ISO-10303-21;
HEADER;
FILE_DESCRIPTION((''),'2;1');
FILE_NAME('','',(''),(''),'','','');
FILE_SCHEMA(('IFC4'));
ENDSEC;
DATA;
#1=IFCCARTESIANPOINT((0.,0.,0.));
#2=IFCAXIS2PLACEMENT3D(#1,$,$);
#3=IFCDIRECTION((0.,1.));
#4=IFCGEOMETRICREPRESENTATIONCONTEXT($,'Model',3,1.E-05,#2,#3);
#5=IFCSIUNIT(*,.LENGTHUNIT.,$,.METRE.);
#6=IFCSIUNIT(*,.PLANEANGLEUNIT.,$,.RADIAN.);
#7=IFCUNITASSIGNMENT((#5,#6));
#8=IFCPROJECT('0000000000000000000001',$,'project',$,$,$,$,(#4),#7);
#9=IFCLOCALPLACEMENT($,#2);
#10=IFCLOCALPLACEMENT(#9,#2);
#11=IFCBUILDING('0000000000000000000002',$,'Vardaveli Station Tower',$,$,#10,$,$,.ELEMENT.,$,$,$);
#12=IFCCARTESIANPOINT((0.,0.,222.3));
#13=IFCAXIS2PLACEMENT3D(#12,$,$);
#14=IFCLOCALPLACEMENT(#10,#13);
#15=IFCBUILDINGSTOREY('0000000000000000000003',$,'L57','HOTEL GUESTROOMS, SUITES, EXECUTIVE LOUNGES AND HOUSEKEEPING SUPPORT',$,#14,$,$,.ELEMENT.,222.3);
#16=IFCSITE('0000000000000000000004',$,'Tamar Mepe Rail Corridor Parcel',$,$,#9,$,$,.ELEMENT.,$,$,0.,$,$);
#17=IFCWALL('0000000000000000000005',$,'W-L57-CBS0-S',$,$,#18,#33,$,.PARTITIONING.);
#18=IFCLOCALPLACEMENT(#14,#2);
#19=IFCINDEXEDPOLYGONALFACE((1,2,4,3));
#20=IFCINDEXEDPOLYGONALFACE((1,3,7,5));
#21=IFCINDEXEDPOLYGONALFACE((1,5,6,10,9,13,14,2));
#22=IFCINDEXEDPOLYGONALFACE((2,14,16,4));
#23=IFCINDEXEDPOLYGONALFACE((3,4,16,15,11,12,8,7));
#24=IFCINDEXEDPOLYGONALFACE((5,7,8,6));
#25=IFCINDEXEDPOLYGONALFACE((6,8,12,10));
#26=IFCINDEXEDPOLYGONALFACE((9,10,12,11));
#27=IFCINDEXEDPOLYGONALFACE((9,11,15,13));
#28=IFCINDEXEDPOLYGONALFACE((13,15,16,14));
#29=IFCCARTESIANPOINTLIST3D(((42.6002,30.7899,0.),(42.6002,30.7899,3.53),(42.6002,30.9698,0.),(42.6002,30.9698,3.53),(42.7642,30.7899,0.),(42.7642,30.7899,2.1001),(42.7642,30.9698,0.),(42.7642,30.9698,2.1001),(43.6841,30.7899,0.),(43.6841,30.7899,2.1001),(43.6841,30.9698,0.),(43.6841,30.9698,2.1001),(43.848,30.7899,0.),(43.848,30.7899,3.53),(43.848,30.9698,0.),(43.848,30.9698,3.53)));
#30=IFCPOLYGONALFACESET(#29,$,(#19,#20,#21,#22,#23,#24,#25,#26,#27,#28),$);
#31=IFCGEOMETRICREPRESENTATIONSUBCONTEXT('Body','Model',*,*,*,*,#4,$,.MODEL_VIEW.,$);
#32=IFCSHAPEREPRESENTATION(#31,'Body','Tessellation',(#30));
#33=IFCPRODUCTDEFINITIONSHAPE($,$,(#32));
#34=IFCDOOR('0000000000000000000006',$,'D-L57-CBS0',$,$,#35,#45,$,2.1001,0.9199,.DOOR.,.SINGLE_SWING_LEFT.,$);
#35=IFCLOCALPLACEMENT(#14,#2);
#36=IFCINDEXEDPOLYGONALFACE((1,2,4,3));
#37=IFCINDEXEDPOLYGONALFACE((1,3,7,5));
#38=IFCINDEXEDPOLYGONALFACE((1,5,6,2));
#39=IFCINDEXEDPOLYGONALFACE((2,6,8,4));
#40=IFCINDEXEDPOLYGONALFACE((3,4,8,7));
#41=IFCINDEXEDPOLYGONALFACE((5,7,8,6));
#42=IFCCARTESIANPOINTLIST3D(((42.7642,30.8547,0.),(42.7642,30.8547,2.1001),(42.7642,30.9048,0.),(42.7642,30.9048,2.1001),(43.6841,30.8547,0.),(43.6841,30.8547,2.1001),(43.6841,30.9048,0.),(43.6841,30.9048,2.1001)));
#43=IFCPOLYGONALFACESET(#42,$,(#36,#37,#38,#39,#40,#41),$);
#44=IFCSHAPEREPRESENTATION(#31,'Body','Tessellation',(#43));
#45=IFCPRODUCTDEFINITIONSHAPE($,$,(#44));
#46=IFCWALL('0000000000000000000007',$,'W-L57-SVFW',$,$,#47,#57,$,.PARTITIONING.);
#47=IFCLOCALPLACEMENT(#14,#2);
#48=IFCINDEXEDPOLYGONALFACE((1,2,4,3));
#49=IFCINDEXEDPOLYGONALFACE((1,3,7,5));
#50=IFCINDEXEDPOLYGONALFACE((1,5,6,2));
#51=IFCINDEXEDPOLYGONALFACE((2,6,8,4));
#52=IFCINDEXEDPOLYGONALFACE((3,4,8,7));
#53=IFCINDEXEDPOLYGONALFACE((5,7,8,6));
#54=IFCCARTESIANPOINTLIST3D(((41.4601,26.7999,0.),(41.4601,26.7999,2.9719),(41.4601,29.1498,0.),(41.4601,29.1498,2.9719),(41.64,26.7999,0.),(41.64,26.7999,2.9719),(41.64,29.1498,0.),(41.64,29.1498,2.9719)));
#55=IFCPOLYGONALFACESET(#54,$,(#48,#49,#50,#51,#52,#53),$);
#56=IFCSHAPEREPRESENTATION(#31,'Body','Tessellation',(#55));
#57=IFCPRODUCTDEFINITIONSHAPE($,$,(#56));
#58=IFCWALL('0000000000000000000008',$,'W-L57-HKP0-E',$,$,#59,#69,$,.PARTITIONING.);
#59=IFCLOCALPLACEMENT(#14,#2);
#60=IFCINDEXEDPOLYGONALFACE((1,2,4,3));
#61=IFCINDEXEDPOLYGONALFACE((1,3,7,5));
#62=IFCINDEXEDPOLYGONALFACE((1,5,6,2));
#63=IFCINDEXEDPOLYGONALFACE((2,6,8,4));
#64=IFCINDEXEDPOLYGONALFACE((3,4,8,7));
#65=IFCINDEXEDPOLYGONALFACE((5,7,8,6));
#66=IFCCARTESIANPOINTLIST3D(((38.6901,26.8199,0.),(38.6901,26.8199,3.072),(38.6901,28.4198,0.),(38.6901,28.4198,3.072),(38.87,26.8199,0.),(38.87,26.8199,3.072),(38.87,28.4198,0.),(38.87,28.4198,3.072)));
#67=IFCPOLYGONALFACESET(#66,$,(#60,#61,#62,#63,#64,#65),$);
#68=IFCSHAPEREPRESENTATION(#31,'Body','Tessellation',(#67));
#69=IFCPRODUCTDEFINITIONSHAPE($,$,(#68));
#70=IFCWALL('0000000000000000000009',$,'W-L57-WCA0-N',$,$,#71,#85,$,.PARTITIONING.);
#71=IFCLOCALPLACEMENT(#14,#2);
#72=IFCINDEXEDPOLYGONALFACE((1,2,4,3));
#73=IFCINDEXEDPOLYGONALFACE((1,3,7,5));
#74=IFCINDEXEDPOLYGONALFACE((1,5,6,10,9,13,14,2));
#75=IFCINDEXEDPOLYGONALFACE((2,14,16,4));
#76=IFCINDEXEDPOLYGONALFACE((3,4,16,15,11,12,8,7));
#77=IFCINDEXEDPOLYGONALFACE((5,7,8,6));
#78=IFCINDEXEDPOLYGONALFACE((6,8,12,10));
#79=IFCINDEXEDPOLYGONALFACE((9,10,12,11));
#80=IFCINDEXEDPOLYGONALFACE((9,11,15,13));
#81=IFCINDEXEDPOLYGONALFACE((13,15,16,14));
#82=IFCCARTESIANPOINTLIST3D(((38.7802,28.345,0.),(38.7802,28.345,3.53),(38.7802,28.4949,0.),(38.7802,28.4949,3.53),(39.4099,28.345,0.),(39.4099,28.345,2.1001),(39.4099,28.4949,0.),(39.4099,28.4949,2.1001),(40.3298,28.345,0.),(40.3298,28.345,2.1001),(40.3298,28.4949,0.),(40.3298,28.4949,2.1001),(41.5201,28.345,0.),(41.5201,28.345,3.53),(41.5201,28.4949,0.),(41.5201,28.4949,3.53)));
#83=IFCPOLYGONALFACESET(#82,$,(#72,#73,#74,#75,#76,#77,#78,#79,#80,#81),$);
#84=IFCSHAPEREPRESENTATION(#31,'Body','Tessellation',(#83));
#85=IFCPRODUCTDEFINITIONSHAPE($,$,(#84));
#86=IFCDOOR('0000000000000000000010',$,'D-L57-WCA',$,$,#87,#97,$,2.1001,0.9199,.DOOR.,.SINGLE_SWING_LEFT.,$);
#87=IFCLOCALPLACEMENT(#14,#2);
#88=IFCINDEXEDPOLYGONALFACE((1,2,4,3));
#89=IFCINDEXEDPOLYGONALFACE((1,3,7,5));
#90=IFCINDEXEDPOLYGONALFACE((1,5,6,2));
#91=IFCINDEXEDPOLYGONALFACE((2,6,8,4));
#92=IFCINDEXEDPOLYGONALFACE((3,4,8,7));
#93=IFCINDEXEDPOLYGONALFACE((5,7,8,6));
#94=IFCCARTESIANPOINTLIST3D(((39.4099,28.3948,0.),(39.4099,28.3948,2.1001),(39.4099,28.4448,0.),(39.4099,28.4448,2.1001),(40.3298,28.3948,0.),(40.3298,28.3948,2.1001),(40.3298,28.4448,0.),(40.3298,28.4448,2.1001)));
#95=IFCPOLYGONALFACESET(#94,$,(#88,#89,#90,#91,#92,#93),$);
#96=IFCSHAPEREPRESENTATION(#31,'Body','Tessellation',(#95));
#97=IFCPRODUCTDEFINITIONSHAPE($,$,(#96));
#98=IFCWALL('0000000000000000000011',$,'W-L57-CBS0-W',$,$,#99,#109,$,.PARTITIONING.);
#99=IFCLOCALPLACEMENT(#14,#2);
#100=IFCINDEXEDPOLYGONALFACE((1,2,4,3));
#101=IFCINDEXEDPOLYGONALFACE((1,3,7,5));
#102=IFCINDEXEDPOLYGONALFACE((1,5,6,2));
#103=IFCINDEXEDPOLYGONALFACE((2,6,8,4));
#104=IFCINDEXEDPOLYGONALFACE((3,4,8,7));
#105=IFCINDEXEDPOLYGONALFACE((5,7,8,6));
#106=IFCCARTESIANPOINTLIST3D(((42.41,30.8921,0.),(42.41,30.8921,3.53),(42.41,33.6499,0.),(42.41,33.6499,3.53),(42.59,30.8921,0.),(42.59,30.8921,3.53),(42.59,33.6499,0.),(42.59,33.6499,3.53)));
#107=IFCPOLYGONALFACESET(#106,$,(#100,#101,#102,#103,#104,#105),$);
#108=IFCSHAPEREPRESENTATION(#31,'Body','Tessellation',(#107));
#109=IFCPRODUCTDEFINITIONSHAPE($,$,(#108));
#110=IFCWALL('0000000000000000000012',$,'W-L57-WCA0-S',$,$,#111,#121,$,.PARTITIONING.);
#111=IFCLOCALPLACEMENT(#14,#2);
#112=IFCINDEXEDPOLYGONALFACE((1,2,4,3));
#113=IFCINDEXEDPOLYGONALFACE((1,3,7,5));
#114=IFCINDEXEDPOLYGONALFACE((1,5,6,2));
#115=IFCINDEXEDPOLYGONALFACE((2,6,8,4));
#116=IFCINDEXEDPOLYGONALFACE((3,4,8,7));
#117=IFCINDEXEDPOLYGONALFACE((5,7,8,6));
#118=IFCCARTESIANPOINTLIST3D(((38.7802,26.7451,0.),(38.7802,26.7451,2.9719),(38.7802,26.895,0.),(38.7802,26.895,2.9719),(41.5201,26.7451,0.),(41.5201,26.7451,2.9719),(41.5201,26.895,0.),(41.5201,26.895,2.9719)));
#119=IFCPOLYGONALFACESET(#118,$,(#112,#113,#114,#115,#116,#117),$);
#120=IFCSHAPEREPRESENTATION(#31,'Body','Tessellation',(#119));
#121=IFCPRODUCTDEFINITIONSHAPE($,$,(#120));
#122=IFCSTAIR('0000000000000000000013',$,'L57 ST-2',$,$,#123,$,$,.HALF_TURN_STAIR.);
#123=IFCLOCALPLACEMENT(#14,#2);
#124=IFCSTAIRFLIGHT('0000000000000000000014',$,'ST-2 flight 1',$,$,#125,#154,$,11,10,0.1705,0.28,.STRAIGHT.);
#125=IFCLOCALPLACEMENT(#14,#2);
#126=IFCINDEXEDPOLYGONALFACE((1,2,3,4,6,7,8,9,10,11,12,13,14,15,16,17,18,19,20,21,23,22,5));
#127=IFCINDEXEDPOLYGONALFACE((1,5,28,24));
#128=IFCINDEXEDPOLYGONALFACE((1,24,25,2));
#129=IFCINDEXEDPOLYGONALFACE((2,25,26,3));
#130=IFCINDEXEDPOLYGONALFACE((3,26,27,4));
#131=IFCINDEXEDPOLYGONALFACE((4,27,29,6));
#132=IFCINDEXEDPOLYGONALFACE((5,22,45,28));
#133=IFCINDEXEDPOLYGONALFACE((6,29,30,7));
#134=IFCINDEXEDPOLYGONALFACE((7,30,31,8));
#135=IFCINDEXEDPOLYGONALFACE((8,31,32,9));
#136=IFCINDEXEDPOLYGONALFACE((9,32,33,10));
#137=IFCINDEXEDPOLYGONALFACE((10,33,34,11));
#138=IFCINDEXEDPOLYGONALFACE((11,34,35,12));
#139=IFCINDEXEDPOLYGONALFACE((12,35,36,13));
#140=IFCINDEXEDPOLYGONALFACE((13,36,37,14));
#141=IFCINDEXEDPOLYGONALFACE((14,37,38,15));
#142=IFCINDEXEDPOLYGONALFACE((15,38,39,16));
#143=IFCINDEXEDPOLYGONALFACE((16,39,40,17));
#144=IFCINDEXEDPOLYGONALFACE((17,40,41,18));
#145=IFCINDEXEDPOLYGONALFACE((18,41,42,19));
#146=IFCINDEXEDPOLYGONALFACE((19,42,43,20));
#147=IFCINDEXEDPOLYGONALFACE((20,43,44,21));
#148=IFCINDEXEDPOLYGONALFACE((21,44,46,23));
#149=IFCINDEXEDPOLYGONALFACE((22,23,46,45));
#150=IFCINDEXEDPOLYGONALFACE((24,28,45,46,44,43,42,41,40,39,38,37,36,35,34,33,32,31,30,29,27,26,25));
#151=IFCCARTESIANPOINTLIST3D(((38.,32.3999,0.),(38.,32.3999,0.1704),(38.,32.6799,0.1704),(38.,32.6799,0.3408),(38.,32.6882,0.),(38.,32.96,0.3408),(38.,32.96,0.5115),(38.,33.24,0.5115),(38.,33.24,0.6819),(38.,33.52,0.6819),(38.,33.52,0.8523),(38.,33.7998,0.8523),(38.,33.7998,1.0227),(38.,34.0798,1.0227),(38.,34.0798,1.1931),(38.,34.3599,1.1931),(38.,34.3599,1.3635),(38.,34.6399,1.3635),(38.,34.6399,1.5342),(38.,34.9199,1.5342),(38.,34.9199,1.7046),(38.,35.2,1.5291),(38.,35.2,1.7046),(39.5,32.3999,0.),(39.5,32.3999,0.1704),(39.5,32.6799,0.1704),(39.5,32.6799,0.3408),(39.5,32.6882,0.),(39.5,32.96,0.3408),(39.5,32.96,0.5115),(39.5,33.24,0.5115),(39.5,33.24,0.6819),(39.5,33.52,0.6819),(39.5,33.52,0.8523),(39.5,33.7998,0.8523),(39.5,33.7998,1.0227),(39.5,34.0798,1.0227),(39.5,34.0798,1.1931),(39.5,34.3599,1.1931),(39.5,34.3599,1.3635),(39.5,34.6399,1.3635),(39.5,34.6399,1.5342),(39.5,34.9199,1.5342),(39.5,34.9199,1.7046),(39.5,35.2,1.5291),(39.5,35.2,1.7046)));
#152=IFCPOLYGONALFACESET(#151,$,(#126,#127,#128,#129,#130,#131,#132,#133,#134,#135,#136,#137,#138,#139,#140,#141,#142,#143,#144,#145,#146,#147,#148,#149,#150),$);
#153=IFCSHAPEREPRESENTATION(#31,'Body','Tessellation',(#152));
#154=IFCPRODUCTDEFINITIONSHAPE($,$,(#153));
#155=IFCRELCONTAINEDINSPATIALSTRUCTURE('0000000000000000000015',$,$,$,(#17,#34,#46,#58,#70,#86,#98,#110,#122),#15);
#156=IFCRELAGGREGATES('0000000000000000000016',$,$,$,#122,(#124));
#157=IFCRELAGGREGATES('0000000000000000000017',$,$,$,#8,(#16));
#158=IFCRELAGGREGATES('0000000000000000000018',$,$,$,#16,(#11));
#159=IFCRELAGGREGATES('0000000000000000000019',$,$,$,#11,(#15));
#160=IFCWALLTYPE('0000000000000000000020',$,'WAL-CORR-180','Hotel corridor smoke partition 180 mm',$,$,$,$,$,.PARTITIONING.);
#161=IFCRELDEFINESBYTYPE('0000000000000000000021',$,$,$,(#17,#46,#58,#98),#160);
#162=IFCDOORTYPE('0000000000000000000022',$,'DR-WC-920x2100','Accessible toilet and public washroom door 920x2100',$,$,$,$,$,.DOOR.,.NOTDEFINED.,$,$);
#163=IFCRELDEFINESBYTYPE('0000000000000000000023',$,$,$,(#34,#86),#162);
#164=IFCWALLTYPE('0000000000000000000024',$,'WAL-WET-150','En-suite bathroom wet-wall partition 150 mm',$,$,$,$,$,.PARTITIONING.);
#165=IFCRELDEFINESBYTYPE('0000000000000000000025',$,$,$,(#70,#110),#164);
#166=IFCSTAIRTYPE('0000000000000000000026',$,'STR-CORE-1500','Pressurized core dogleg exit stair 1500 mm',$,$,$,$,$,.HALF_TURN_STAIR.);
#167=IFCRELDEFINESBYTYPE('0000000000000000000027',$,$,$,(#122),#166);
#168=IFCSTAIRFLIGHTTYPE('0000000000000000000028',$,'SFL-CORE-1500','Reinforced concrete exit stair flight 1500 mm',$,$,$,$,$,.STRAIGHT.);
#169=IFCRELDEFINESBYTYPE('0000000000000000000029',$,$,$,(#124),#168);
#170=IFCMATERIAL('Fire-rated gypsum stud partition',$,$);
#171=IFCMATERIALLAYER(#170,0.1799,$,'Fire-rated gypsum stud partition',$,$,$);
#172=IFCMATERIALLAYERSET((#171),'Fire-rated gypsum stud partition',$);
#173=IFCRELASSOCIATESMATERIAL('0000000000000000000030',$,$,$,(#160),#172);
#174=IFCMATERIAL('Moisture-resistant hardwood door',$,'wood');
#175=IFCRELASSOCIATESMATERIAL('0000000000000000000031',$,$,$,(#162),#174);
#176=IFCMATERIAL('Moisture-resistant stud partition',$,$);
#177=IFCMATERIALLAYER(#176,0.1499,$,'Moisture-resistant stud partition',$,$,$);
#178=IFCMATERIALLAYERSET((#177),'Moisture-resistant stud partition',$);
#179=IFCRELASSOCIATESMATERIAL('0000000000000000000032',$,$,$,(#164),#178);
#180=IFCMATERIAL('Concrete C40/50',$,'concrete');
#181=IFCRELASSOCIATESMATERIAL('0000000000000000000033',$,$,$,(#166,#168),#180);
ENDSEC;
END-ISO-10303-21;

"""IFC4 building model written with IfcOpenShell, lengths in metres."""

from ifc_helpers import new_model, si_unit, direction, frame, frame_2d, origin, place, context, subcontext, project, spatial, polyline, rectangle, outline, extrude, source, transform, mapped, material, layer, layer_set, type_object, element, fill, aggregate, save


model = new_model("IFC4")

# Units and contexts
model_context = context("Model", 3, precision=1e-05, world=origin(), true_north=direction((0.0, 1.0)))
body_context = subcontext(model_context, "Body", "Model", "MODEL_VIEW")
ifc_project = project(units=[si_unit("LENGTHUNIT", "METRE"), si_unit("PLANEANGLEUNIT", "RADIAN")], contexts=[model_context])

# Site, building, storey
site_placement = place(None, origin())
site = spatial("IfcSite", under=ifc_project, at=site_placement, Name="Tamar Mepe Rail Corridor Parcel", CompositionType="ELEMENT", RefElevation=0.0)
building_placement = place(site_placement, origin())
building = spatial("IfcBuilding", under=site, at=building_placement, Name="Vardaveli Station Tower", CompositionType="ELEMENT")
storey_placement = place(building_placement, frame((0.0, 0.0, 222.3)))
storey = spatial("IfcBuildingStorey", under=building, at=storey_placement, Name="L57", Description="HOTEL GUESTROOMS, SUITES, EXECUTIVE LOUNGES AND HOUSEKEEPING SUPPORT", CompositionType="ELEMENT", Elevation=222.3)

# Shared definitions
ifc_material_1 = material(Name="Concrete C40/50", Category="concrete")

# Wall, opening, door
ifc_material_2 = material(Name="Fire-rated gypsum stud partition")
ifc_layer_1 = layer(ifc_material_2, 0.1799, Name="Fire-rated gypsum stud partition")
ifc_layer_set_1 = layer_set([ifc_layer_1], Name="Fire-rated gypsum stud partition")
wall_type_1 = type_object("IfcWallType", Name="WAL-CORR-180", Description="Hotel corridor smoke partition 180 mm", PredefinedType="PARTITIONING", material=ifc_layer_set_1)
shared_shape_1 = source(origin(), body_context, "Body", "SweptSolid", [
    extrude(rectangle(XDim=1.2478, YDim=0.1799, at=frame_2d((0.624, 0.0))), origin(), (0.0, 0.0, 1.0), 3.53),
])
wall_1_placement = place(storey_placement, frame((42.6001, 30.8799, 0.0), z_axis=(0.0, 0.0, 1.0), x_axis=(1.0, 0.0, 0.0)))
wall_1 = element("IfcWall", 1, at=wall_1_placement, inside=storey, type_object=wall_type_1, Name="W-L57-CBS0-S", PredefinedType="PARTITIONING", context=body_context, shape_type="MappedRepresentation", body=[
    mapped(shared_shape_1, transform((0.0, 0.0, 0.0), scale=1.0)),
])
shared_shape_2 = source(origin(), body_context, "Body", "SweptSolid", [
    extrude(rectangle(XDim=0.9199, YDim=2.1001, at=frame_2d((0.46, 1.05))), frame((0.0, 0.1001, 0.0), z_axis=(0.0, -1.0, 0.0), x_axis=(1.0, 0.0, 0.0)), (0.0, 0.0, 1.0), 0.2),
])
opening_1_placement = place(wall_1_placement, frame((0.1641, 0.0, 0.0)))
opening_1 = element("IfcOpeningElement", 2, at=opening_1_placement, cuts=wall_1, PredefinedType="OPENING", context=body_context, shape_type="MappedRepresentation", body=[
    mapped(shared_shape_2, transform((0.0, 0.0, 0.0), scale=1.0)),
])
ifc_material_3 = material(Name="Moisture-resistant hardwood door", Category="wood")
door_type_1 = type_object("IfcDoorType", Name="DR-WC-920x2100", Description="Accessible toilet and public washroom door 920x2100", OperationType="NOTDEFINED", PredefinedType="DOOR", material=ifc_material_3)
shared_shape_3 = source(origin(), body_context, "Body", "SweptSolid", [
    extrude(rectangle(XDim=0.9199, YDim=2.1001, at=frame_2d((0.46, 1.05))), frame((0.0, 0.0249, 0.0), z_axis=(0.0, -1.0, 0.0), x_axis=(1.0, 0.0, 0.0)), (0.0, 0.0, 1.0), 0.05),
])
door_1_placement = place(opening_1_placement, origin())
door_1 = element("IfcDoor", 3, at=door_1_placement, inside=storey, type_object=door_type_1, Name="D-L57-CBS0", OperationType="SINGLE_SWING_LEFT", OverallHeight=2.1001, OverallWidth=0.9199, PredefinedType="DOOR", context=body_context, shape_type="MappedRepresentation", body=[
    mapped(shared_shape_3, transform((0.0, 0.0, 0.0), scale=1.0)),
])
fill(opening_1, door_1)

# Walls
shared_shape_4 = source(origin(), body_context, "Body", "SweptSolid", [
    extrude(rectangle(XDim=2.3499, YDim=0.1799, at=frame_2d((1.1748, 0.0))), origin(), (0.0, 0.0, 1.0), 2.9719),
])
wall_2_placement = place(storey_placement, frame((41.55, 26.8, 0.0), z_axis=(0.0, 0.0, 1.0), x_axis=(0.0, 1.0, 0.0)))
element("IfcWall", 4, at=wall_2_placement, inside=storey, type_object=wall_type_1, Name="W-L57-SVFW", PredefinedType="PARTITIONING", context=body_context, shape_type="MappedRepresentation", body=[
    mapped(shared_shape_4, transform((0.0, 0.0, 0.0), scale=1.0)),
])
shared_shape_5 = source(origin(), body_context, "Body", "SweptSolid", [
    extrude(rectangle(XDim=1.5999, YDim=0.1799, at=frame_2d((0.7998, 0.0))), origin(), (0.0, 0.0, 1.0), 3.072),
])
wall_3_placement = place(storey_placement, frame((38.78, 26.8201, 0.0), z_axis=(0.0, 0.0, 1.0), x_axis=(0.0, 1.0, 0.0)))
element("IfcWall", 5, at=wall_3_placement, inside=storey, type_object=wall_type_1, Name="W-L57-HKP0-E", PredefinedType="PARTITIONING", context=body_context, shape_type="MappedRepresentation", body=[
    mapped(shared_shape_5, transform((0.0, 0.0, 0.0), scale=1.0)),
])

# Wall, opening, door
ifc_material_4 = material(Name="Moisture-resistant stud partition")
ifc_layer_2 = layer(ifc_material_4, 0.1499, Name="Moisture-resistant stud partition")
ifc_layer_set_2 = layer_set([ifc_layer_2], Name="Moisture-resistant stud partition")
wall_type_2 = type_object("IfcWallType", Name="WAL-WET-150", Description="En-suite bathroom wet-wall partition 150 mm", PredefinedType="PARTITIONING", material=ifc_layer_set_2)
shared_shape_6 = source(origin(), body_context, "Body", "SweptSolid", [
    extrude(rectangle(XDim=2.74, YDim=0.1499, at=frame_2d((1.3701, 0.0))), origin(), (0.0, 0.0, 1.0), 3.53),
])
wall_4_placement = place(storey_placement, frame((38.78, 28.4199, 0.0), z_axis=(0.0, 0.0, 1.0), x_axis=(1.0, 0.0, 0.0)))
wall_4 = element("IfcWall", 6, at=wall_4_placement, inside=storey, type_object=wall_type_2, Name="W-L57-WCA0-N", PredefinedType="PARTITIONING", context=body_context, shape_type="MappedRepresentation", body=[
    mapped(shared_shape_6, transform((0.0, 0.0, 0.0), scale=1.0)),
])
shared_shape_7 = source(origin(), body_context, "Body", "SweptSolid", [
    extrude(rectangle(XDim=0.9199, YDim=2.1001, at=frame_2d((0.46, 1.05))), frame((0.0, 0.085, 0.0), z_axis=(0.0, -1.0, 0.0), x_axis=(1.0, 0.0, 0.0)), (0.0, 0.0, 1.0), 0.1699),
])
opening_2_placement = place(wall_4_placement, frame((0.6299, 0.0, 0.0)))
opening_2 = element("IfcOpeningElement", 7, at=opening_2_placement, cuts=wall_4, PredefinedType="OPENING", context=body_context, shape_type="MappedRepresentation", body=[
    mapped(shared_shape_7, transform((0.0, 0.0, 0.0), scale=1.0)),
])
door_2_placement = place(opening_2_placement, origin())
door_2 = element("IfcDoor", 8, at=door_2_placement, inside=storey, type_object=door_type_1, Name="D-L57-WCA", OperationType="SINGLE_SWING_LEFT", OverallHeight=2.1001, OverallWidth=0.9199, PredefinedType="DOOR", context=body_context, shape_type="MappedRepresentation", body=[
    mapped(shared_shape_3, transform((0.0, 0.0, 0.0), scale=1.0)),
])
fill(opening_2, door_2)

# Walls
shared_shape_8 = source(origin(), body_context, "Body", "SweptSolid", [
    extrude(rectangle(XDim=2.7578, YDim=0.1799, at=frame_2d((1.3789, 0.0))), origin(), (0.0, 0.0, 1.0), 3.53),
])
wall_5_placement = place(storey_placement, frame((42.5, 30.8921, 0.0), z_axis=(0.0, 0.0, 1.0), x_axis=(0.0, 1.0, 0.0)))
element("IfcWall", 9, at=wall_5_placement, inside=storey, type_object=wall_type_1, Name="W-L57-CBS0-W", PredefinedType="PARTITIONING", context=body_context, shape_type="MappedRepresentation", body=[
    mapped(shared_shape_8, transform((0.0, 0.0, 0.0), scale=1.0)),
])
shared_shape_9 = source(origin(), body_context, "Body", "SweptSolid", [
    extrude(rectangle(XDim=2.74, YDim=0.1499, at=frame_2d((1.3701, 0.0))), origin(), (0.0, 0.0, 1.0), 2.9719),
])
wall_6_placement = place(storey_placement, frame((38.78, 26.8201, 0.0), z_axis=(0.0, 0.0, 1.0), x_axis=(1.0, 0.0, 0.0)))
element("IfcWall", 10, at=wall_6_placement, inside=storey, type_object=wall_type_2, Name="W-L57-WCA0-S", PredefinedType="PARTITIONING", context=body_context, shape_type="MappedRepresentation", body=[
    mapped(shared_shape_9, transform((0.0, 0.0, 0.0), scale=1.0)),
])

# Stair, stair flight
stair_type = type_object("IfcStairType", Name="STR-CORE-1500", Description="Pressurized core dogleg exit stair 1500 mm", PredefinedType="HALF_TURN_STAIR", material=ifc_material_1)
stair_placement = place(storey_placement, origin())
stair = element("IfcStair", 11, at=stair_placement, inside=storey, type_object=stair_type, Name="L57 ST-2", PredefinedType="HALF_TURN_STAIR")
stair_flight_type = type_object("IfcStairFlightType", Name="SFL-CORE-1500", Description="Reinforced concrete exit stair flight 1500 mm", PredefinedType="STRAIGHT", material=ifc_material_1)
shared_shape_10 = source(origin(), body_context, "Body", "SweptSolid", [
    extrude(outline(polyline([(0.0, 0.0), (0.0, 0.1704), (0.28, 0.1704), (0.28, 0.3408), (0.5601, 0.3408), (0.5601, 0.5115), (0.8401, 0.5115), (0.8401, 0.6819), (1.1201, 0.6819), (1.1201, 0.8523), (1.3999, 0.8523), (1.3999, 1.0227), (1.6799, 1.0227), (1.6799, 1.1931), (1.96, 1.1931), (1.96, 1.3635), (2.24, 1.3635), (2.24, 1.5342), (2.52, 1.5342), (2.52, 1.7046), (2.8, 1.7046), (2.8, 1.875), (2.8, 1.5291), (0.2883, 0.0), (0.0, 0.0)])), frame((0.0, 0.75, 0.0), z_axis=(0.0, -1.0, 0.0), x_axis=(1.0, 0.0, 0.0)), (0.0, 0.0, 1.0), 1.5),
])
stair_flight_placement = place(storey_placement, frame((38.75, 32.3999, 0.0), z_axis=(0.0, 0.0, 1.0), x_axis=(0.0, 1.0, 0.0)))
stair_flight = element("IfcStairFlight", 12, at=stair_flight_placement, type_object=stair_flight_type, Name="ST-2 flight 1", NumberOfRisers=11, NumberOfTreads=10, PredefinedType="STRAIGHT", RiserHeight=0.1705, TreadLength=0.28, context=body_context, shape_type="MappedRepresentation", body=[
    mapped(shared_shape_10, transform((0.0, 0.0, 0.0), scale=1.0)),
])
aggregate(stair, [stair_flight])

save(model, "model.ifc")
